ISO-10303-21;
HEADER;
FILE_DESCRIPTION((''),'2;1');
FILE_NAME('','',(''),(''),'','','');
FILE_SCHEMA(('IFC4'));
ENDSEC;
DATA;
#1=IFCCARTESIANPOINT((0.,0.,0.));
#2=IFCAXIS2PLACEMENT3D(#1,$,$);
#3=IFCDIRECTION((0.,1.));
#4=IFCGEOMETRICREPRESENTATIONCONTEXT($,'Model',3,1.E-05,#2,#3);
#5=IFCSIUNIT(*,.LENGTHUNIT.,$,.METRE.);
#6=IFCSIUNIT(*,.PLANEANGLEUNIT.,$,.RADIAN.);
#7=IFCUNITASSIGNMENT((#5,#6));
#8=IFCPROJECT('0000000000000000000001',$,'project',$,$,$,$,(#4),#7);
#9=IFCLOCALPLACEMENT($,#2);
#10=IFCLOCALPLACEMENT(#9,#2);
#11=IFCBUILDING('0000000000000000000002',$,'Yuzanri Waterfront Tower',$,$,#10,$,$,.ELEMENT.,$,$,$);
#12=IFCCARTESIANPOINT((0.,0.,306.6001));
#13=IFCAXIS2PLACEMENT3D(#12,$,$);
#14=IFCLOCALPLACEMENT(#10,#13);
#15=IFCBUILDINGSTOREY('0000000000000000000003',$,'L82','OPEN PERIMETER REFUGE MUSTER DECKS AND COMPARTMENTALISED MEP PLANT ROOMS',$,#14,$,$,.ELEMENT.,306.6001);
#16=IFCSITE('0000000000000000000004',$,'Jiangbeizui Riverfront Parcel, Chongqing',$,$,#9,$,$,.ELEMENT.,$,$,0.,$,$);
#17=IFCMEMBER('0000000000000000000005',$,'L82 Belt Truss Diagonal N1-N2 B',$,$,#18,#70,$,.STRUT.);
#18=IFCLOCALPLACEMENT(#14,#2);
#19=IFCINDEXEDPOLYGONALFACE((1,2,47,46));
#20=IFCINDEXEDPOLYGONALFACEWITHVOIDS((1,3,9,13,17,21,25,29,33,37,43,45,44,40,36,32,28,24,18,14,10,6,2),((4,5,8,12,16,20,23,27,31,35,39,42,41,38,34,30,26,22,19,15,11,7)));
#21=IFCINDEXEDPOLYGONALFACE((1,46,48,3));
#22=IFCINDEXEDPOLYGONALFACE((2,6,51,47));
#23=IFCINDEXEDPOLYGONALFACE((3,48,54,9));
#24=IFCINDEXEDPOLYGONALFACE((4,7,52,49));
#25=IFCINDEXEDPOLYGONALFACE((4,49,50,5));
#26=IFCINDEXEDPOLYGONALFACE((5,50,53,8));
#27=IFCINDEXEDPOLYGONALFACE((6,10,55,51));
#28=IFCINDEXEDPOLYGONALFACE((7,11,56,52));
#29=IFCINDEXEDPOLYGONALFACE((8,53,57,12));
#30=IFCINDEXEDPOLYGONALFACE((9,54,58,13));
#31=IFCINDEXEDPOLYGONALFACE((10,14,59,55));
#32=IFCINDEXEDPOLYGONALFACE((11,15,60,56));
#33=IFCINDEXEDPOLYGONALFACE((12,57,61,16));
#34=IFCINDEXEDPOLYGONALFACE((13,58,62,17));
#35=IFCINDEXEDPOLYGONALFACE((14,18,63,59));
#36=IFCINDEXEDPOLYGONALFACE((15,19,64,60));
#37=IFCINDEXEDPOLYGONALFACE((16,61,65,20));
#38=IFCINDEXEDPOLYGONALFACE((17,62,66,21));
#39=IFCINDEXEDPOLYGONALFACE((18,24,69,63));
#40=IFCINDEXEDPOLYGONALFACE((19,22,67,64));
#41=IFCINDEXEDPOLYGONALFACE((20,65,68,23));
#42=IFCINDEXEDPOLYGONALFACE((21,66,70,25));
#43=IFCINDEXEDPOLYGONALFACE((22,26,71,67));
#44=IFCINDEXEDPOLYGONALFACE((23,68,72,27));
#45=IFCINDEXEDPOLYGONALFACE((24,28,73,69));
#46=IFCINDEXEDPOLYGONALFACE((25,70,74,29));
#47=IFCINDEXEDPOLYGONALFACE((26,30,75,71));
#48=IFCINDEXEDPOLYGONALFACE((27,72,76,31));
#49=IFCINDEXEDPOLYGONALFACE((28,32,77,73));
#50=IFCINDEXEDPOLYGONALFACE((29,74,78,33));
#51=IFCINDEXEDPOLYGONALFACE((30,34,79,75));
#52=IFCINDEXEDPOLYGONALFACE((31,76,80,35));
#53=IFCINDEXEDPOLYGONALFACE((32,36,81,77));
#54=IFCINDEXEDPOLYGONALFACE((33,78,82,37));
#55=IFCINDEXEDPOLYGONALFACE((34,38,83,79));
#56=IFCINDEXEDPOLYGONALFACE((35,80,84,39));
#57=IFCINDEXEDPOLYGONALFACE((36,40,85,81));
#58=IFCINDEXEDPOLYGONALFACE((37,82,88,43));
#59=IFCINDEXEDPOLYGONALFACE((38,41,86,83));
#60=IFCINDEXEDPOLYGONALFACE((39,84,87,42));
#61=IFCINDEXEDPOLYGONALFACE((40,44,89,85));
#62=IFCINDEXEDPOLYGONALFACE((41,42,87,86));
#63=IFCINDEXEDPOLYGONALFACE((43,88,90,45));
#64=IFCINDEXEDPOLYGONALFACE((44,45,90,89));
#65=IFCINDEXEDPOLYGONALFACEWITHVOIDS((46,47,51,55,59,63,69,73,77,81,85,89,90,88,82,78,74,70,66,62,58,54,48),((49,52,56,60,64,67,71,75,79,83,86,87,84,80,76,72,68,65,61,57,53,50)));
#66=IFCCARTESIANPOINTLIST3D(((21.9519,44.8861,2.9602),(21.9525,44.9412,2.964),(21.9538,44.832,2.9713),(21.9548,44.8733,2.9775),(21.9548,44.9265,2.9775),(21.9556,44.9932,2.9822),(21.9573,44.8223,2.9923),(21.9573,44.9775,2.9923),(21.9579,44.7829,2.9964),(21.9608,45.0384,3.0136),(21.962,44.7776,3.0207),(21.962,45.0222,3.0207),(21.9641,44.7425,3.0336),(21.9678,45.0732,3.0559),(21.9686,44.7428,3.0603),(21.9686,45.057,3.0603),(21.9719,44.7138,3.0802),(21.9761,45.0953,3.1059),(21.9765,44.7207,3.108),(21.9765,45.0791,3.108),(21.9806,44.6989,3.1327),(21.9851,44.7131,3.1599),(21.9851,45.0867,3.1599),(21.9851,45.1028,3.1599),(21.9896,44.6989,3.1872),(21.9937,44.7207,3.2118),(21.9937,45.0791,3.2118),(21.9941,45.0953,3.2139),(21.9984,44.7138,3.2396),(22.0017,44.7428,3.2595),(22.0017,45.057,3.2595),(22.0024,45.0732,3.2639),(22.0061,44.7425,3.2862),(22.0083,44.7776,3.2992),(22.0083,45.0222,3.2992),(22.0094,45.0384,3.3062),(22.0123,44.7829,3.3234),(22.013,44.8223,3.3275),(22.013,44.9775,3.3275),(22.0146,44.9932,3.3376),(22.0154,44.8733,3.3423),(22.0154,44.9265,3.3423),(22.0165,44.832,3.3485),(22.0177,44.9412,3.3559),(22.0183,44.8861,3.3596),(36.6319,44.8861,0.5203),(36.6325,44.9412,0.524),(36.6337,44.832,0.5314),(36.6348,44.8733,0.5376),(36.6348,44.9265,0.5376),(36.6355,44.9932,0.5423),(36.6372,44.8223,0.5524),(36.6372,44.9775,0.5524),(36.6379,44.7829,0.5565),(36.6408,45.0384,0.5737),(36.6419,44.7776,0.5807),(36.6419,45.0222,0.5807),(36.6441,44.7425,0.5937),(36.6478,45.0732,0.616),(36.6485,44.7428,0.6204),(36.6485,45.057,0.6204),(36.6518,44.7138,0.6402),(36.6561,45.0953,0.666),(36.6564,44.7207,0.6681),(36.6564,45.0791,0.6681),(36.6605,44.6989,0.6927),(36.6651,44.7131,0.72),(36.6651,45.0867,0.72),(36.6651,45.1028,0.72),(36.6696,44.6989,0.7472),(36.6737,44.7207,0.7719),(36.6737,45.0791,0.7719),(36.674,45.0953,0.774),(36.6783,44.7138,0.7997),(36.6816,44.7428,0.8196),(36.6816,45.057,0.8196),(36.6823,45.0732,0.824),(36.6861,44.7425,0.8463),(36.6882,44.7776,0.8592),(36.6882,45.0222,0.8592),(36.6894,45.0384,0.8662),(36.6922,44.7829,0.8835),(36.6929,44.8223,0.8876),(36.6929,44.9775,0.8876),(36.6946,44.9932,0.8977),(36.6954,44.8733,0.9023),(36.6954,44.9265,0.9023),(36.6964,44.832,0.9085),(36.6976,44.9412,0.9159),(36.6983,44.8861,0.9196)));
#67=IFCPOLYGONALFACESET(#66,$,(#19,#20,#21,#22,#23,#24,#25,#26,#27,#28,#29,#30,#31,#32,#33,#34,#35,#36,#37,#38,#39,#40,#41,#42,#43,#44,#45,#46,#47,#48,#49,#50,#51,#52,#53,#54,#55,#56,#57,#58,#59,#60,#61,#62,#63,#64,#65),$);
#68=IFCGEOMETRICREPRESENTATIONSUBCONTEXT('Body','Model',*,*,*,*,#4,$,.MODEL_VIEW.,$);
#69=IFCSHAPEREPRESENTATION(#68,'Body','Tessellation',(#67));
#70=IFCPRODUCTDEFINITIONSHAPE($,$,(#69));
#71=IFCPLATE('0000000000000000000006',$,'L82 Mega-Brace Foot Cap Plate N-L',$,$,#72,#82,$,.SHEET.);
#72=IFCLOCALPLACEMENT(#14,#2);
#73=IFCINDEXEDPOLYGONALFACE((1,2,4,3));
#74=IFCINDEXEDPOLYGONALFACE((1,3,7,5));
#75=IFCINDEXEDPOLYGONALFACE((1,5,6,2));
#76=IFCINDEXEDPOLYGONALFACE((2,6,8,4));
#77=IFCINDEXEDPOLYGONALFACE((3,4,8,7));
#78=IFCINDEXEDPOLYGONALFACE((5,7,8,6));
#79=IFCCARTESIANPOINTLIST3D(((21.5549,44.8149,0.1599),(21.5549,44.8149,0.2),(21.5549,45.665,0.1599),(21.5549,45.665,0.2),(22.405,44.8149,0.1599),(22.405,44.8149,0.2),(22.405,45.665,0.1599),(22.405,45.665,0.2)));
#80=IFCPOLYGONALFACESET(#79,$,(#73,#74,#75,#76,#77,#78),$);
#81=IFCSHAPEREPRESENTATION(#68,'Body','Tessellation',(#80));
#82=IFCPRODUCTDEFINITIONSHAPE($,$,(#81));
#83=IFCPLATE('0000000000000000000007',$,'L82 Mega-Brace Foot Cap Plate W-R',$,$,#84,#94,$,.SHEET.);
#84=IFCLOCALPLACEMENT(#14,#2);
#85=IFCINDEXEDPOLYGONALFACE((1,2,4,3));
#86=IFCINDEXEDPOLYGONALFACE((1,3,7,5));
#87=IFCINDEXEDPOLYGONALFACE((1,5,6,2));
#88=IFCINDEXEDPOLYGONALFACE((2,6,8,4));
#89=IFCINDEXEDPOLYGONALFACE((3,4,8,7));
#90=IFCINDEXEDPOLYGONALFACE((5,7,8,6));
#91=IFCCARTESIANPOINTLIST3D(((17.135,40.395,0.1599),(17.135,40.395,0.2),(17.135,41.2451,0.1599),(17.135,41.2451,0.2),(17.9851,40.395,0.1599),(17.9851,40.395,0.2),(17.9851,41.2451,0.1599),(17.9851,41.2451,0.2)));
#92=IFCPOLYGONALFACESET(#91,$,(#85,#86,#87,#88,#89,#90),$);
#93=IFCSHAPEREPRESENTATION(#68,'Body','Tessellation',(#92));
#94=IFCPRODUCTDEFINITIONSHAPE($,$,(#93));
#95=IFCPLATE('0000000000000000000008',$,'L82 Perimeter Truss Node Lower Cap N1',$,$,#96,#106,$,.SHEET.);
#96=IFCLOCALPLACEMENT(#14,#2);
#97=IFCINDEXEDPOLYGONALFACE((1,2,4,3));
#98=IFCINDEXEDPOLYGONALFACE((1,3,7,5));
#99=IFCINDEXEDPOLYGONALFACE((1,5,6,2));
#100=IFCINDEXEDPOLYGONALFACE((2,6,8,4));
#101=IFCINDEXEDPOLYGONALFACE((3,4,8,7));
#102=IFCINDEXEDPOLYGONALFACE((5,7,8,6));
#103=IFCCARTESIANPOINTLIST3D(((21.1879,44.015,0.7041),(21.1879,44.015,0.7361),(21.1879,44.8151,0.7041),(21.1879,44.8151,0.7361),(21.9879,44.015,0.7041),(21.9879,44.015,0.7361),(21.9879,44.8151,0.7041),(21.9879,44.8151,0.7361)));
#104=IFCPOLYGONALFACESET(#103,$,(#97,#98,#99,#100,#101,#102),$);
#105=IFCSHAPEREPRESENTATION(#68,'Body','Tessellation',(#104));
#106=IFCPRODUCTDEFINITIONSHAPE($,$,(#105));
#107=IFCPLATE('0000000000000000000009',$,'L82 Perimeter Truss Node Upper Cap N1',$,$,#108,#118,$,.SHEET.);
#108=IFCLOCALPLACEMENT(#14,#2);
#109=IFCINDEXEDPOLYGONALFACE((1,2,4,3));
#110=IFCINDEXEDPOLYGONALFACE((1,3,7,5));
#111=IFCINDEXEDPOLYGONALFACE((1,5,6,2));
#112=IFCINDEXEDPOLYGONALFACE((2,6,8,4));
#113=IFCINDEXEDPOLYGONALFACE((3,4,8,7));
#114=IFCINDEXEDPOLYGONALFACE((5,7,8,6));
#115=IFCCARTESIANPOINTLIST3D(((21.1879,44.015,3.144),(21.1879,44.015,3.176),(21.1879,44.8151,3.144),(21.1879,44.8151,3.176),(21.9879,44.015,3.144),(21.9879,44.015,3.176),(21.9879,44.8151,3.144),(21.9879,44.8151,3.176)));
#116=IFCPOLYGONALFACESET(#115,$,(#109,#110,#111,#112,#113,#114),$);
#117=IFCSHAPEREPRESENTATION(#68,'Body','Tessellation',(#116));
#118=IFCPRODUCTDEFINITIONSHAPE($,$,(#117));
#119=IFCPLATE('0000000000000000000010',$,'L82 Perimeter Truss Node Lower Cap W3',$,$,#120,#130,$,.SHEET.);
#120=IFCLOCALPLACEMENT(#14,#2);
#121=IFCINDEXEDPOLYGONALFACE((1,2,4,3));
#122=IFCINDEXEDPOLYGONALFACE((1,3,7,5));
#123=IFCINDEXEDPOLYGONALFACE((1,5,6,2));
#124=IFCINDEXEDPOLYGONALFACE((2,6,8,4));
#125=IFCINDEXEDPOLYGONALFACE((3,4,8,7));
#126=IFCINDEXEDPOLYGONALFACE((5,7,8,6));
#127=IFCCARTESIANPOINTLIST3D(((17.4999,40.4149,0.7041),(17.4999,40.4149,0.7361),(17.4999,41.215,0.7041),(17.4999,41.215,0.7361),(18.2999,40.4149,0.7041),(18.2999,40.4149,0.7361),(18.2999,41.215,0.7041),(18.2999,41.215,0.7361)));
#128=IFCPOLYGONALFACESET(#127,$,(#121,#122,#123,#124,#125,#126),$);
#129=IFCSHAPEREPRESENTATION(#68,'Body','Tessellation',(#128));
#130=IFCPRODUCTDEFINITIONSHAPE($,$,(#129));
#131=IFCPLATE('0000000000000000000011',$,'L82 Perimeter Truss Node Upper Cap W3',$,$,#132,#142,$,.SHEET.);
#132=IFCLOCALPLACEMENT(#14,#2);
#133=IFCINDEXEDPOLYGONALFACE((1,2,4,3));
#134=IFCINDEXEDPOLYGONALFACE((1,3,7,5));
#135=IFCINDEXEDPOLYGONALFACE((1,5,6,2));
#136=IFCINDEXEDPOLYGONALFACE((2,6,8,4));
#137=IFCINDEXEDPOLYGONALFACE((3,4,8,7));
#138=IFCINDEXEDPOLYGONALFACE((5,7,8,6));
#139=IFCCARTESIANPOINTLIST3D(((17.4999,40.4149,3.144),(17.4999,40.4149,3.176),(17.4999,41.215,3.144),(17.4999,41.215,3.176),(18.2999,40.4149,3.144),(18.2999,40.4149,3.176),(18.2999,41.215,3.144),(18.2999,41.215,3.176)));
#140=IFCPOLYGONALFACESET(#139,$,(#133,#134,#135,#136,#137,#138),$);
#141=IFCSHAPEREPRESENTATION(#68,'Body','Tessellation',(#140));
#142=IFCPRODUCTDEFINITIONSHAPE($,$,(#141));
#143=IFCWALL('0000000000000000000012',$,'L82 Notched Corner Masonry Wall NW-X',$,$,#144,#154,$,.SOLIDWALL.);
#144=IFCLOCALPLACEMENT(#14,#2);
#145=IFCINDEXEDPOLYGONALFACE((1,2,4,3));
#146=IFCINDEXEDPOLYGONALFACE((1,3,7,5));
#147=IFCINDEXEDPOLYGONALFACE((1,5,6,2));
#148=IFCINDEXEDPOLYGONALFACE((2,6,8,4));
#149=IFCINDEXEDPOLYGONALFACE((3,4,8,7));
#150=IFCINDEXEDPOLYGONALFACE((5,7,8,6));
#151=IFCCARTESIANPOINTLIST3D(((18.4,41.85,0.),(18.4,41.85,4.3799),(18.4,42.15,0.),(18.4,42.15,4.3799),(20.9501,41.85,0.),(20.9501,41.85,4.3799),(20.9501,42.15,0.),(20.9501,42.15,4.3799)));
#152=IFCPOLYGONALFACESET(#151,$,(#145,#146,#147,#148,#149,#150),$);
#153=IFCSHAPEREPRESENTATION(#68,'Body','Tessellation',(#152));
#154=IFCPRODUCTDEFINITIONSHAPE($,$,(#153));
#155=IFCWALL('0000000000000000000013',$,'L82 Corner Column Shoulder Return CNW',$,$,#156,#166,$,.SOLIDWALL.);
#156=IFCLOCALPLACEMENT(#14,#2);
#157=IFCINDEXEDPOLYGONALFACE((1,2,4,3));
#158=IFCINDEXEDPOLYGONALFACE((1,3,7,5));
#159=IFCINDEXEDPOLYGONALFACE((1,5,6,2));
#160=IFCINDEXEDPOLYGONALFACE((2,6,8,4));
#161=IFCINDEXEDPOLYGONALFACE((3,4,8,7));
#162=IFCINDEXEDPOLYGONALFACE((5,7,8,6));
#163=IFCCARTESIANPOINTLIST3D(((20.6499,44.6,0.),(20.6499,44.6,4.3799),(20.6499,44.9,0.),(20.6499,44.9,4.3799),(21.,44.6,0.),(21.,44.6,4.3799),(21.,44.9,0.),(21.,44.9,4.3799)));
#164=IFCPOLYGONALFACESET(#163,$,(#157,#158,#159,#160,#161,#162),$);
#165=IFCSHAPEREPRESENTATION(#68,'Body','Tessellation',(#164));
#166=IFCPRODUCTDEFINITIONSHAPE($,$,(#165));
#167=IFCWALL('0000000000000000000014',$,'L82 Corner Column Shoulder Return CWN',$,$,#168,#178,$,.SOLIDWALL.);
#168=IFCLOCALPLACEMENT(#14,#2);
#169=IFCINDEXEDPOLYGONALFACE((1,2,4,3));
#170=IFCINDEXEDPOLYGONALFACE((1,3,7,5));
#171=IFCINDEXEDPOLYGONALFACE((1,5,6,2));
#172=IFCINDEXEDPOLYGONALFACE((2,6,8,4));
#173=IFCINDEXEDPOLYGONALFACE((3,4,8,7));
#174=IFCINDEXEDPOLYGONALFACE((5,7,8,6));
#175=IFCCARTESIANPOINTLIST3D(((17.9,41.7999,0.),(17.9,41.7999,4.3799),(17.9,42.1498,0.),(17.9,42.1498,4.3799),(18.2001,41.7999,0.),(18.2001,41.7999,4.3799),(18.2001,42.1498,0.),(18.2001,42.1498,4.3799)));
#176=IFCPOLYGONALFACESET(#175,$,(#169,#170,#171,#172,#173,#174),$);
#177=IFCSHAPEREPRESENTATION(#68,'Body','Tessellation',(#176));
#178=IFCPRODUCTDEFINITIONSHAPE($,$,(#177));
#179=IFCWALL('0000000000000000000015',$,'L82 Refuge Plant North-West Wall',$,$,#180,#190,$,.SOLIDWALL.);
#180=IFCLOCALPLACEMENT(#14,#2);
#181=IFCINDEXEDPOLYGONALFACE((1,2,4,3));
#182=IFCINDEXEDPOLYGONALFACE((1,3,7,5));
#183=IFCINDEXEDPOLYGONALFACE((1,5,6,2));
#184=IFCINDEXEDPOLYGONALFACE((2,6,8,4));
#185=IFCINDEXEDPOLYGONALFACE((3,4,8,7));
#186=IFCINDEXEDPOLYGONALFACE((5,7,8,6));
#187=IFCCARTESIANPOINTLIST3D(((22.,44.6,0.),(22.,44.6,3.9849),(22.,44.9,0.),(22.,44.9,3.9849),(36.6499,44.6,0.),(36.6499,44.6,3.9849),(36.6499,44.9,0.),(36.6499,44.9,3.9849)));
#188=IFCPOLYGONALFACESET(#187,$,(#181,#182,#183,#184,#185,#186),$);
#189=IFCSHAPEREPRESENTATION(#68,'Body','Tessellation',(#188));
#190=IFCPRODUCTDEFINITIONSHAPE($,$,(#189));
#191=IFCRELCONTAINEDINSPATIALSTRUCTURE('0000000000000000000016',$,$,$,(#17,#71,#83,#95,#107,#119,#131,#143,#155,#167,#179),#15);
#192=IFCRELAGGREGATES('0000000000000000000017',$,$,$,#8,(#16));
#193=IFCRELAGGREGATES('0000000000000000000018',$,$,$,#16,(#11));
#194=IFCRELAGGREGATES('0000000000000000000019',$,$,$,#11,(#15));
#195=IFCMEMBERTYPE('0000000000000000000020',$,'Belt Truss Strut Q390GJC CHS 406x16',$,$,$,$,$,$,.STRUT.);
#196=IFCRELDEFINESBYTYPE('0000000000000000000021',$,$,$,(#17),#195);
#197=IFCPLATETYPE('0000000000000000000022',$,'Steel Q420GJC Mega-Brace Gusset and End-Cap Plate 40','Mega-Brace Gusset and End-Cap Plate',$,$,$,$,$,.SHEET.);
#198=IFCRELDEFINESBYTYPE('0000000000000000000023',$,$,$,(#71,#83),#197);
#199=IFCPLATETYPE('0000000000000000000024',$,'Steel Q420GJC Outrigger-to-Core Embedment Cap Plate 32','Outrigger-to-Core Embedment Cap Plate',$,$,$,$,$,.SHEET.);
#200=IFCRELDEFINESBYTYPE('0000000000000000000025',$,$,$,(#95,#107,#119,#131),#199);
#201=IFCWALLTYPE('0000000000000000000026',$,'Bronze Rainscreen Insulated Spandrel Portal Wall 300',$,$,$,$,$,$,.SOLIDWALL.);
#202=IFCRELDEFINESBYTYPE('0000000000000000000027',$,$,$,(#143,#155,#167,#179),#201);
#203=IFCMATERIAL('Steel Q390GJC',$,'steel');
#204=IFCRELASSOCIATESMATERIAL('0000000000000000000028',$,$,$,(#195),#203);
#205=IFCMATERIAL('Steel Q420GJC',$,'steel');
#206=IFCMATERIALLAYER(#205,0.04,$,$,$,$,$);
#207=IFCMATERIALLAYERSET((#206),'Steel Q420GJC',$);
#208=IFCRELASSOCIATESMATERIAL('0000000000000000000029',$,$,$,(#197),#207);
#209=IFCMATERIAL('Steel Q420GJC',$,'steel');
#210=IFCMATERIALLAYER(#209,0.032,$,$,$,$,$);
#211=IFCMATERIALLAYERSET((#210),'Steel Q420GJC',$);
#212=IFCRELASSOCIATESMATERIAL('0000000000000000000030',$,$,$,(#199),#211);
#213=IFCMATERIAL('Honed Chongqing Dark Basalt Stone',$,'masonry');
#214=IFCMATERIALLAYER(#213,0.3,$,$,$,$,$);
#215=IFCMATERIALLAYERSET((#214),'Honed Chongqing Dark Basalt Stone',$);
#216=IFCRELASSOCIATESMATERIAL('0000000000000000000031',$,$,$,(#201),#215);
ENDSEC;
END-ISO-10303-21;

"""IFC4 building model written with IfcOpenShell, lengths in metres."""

from ifc_helpers import new_model, si_unit, direction, frame, frame_2d, origin, origin_2d, place, context, subcontext, project, spatial, rectangle, hollow_circle, extrude, source, transform, mapped, material, layer, layer_set, material_profile, profile_set, type_object, element, save


model = new_model("IFC4")

# Units and contexts
model_context = context("Model", 3, precision=1e-05, world=origin(), true_north=direction((0.0, 1.0)))
body_context = subcontext(model_context, "Body", "Model", "MODEL_VIEW")
ifc_project = project(units=[si_unit("LENGTHUNIT", "METRE"), si_unit("PLANEANGLEUNIT", "RADIAN")], contexts=[model_context])

# Site, building, storey
site_placement = place(None, origin())
site = spatial("IfcSite", under=ifc_project, at=site_placement, Name="Jiangbeizui Riverfront Parcel, Chongqing", CompositionType="ELEMENT", RefElevation=0.0)
building_placement = place(site_placement, origin())
building = spatial("IfcBuilding", under=site, at=building_placement, Name="Yuzanri Waterfront Tower", CompositionType="ELEMENT")
storey_placement = place(building_placement, frame((0.0, 0.0, 306.6001)))
storey = spatial("IfcBuildingStorey", under=building, at=storey_placement, Name="L82", Description="OPEN PERIMETER REFUGE MUSTER DECKS AND COMPARTMENTALISED MEP PLANT ROOMS", CompositionType="ELEMENT", Elevation=306.6001)

# Member
ifc_material_1 = material(Name="Steel Q390GJC", Category="steel")
ifc_material_profile_1 = material_profile(ifc_material_1, hollow_circle(Radius=0.2029, WallThickness=0.0161, at=origin_2d()), Name="CHS 406x16")
ifc_profile_set_1 = profile_set([ifc_material_profile_1], Name="Steel Q390GJC")
member_type_1 = type_object("IfcMemberType", Name="Belt Truss Strut Q390GJC CHS 406x16", PredefinedType="STRUT", material=ifc_profile_set_1)
shared_shape_1 = source(origin(), body_context, "Body", "SweptSolid", [
    extrude(hollow_circle(Radius=0.2029, WallThickness=0.0161, at=origin_2d()), origin(), (0.0, 0.0, 1.0), 14.8813),
])
for number, where, z_axis, x_axis, name in (
    (1, (21.9851, 44.8999, 3.1599), (0.986467, 0.0, -0.16396), (0.0, 1.0, 0.0), "L82 Belt Truss Diagonal N1-N2 B"),
):
    element("IfcMember", number, at=place(storey_placement, frame(where, z_axis=z_axis, x_axis=x_axis)), inside=storey, type_object=member_type_1, Name=name, PredefinedType="STRUT", context=body_context, shape_type="MappedRepresentation", body=[
        mapped(shared_shape_1, transform((0.0, 0.0, 0.0), scale=1.0)),
    ])

# Plates
ifc_material_2 = material(Name="Steel Q420GJC", Category="steel")
ifc_layer_1 = layer(ifc_material_2, 0.04)
ifc_layer_set_1 = layer_set([ifc_layer_1], Name="Steel Q420GJC")
plate_type_1 = type_object("IfcPlateType", Name="Steel Q420GJC Mega-Brace Gusset and End-Cap Plate 40", Description="Mega-Brace Gusset and End-Cap Plate", PredefinedType="SHEET", material=ifc_layer_set_1)
shared_shape_2 = source(origin(), body_context, "Body", "SweptSolid", [
    extrude(rectangle(XDim=0.8501, YDim=0.8501, at=origin_2d()), origin(), (0.0, 0.0, 1.0), 0.04),
])
for number, where, z_axis, x_axis, name in (
    (2, (21.98, 45.24, 0.1599), (0.0, 0.0, 1.0), (1.0, 0.0, 0.0), "L82 Mega-Brace Foot Cap Plate N-L"),
    (3, (17.5601, 40.8201, 0.1599), (0.0, 0.0, 1.0), (1.0, 0.0, 0.0), "L82 Mega-Brace Foot Cap Plate W-R"),
):
    element("IfcPlate", number, at=place(storey_placement, frame(where, z_axis=z_axis, x_axis=x_axis)), inside=storey, type_object=plate_type_1, Name=name, PredefinedType="SHEET", context=body_context, shape_type="MappedRepresentation", body=[
        mapped(shared_shape_2, transform((0.0, 0.0, 0.0), scale=1.0)),
    ])
ifc_material_3 = material(Name="Steel Q420GJC", Category="steel")
ifc_layer_2 = layer(ifc_material_3, 0.032)
ifc_layer_set_2 = layer_set([ifc_layer_2], Name="Steel Q420GJC")
plate_type_2 = type_object("IfcPlateType", Name="Steel Q420GJC Outrigger-to-Core Embedment Cap Plate 32", Description="Outrigger-to-Core Embedment Cap Plate", PredefinedType="SHEET", material=ifc_layer_set_2)
shared_shape_3 = source(origin(), body_context, "Body", "SweptSolid", [
    extrude(rectangle(XDim=0.8, YDim=0.8, at=origin_2d()), origin(), (0.0, 0.0, 1.0), 0.032),
])
for number, where, z_axis, x_axis, name in (
    (4, (21.5879, 44.415, 0.7041), (0.0, 0.0, 1.0), (1.0, 0.0, 0.0), "L82 Perimeter Truss Node Lower Cap N1"),
    (5, (21.5879, 44.415, 3.144), (0.0, 0.0, 1.0), (1.0, 0.0, 0.0), "L82 Perimeter Truss Node Upper Cap N1"),
    (6, (17.8999, 40.8149, 0.7041), (0.0, 0.0, 1.0), (1.0, 0.0, 0.0), "L82 Perimeter Truss Node Lower Cap W3"),
    (7, (17.8999, 40.8149, 3.144), (0.0, 0.0, 1.0), (1.0, 0.0, 0.0), "L82 Perimeter Truss Node Upper Cap W3"),
):
    element("IfcPlate", number, at=place(storey_placement, frame(where, z_axis=z_axis, x_axis=x_axis)), inside=storey, type_object=plate_type_2, Name=name, PredefinedType="SHEET", context=body_context, shape_type="MappedRepresentation", body=[
        mapped(shared_shape_3, transform((0.0, 0.0, 0.0), scale=1.0)),
    ])

# Walls
ifc_material_4 = material(Name="Honed Chongqing Dark Basalt Stone", Category="masonry")
ifc_layer_3 = layer(ifc_material_4, 0.3)
ifc_layer_set_3 = layer_set([ifc_layer_3], Name="Honed Chongqing Dark Basalt Stone")
wall_type = type_object("IfcWallType", Name="Bronze Rainscreen Insulated Spandrel Portal Wall 300", PredefinedType="SOLIDWALL", material=ifc_layer_set_3)
shared_shape_4 = source(origin(), body_context, "Body", "SweptSolid", [
    extrude(rectangle(XDim=2.55, YDim=0.3, at=frame_2d((1.2749, 0.0))), origin(), (0.0, 0.0, 1.0), 4.3799),
])
wall_1_placement = place(storey_placement, frame((20.95, 42.0, 0.0), z_axis=(0.0, 0.0, 1.0), x_axis=(-1.0, 0.0, 0.0)))
element("IfcWall", 8, at=wall_1_placement, inside=storey, type_object=wall_type, Name="L82 Notched Corner Masonry Wall NW-X", PredefinedType="SOLIDWALL", context=body_context, shape_type="MappedRepresentation", body=[
    mapped(shared_shape_4, transform((0.0, 0.0, 0.0), scale=1.0)),
])
shared_shape_5 = source(origin(), body_context, "Body", "SweptSolid", [
    extrude(rectangle(XDim=0.3501, YDim=0.3, at=frame_2d((0.175, 0.0))), origin(), (0.0, 0.0, 1.0), 4.3799),
])
wall_2_placement = place(storey_placement, frame((20.6499, 44.75, 0.0), z_axis=(0.0, 0.0, 1.0), x_axis=(1.0, 0.0, 0.0)))
element("IfcWall", 9, at=wall_2_placement, inside=storey, type_object=wall_type, Name="L82 Corner Column Shoulder Return CNW", PredefinedType="SOLIDWALL", context=body_context, shape_type="MappedRepresentation", body=[
    mapped(shared_shape_5, transform((0.0, 0.0, 0.0), scale=1.0)),
])
shared_shape_6 = source(origin(), body_context, "Body", "SweptSolid", [
    extrude(rectangle(XDim=0.3499, YDim=0.3, at=frame_2d((0.1748, 0.0))), origin(), (0.0, 0.0, 1.0), 4.3799),
])
wall_3_placement = place(storey_placement, frame((18.05, 41.8, 0.0), z_axis=(0.0, 0.0, 1.0), x_axis=(0.0, 1.0, 0.0)))
element("IfcWall", 10, at=wall_3_placement, inside=storey, type_object=wall_type, Name="L82 Corner Column Shoulder Return CWN", PredefinedType="SOLIDWALL", context=body_context, shape_type="MappedRepresentation", body=[
    mapped(shared_shape_6, transform((0.0, 0.0, 0.0), scale=1.0)),
])
shared_shape_7 = source(origin(), body_context, "Body", "SweptSolid", [
    extrude(rectangle(XDim=14.6499, YDim=0.3, at=frame_2d((7.325, 0.0))), origin(), (0.0, 0.0, 1.0), 3.9849),
])
wall_4_placement = place(storey_placement, frame((22.0, 44.75, 0.0), z_axis=(0.0, 0.0, 1.0), x_axis=(1.0, 0.0, 0.0)))
element("IfcWall", 11, at=wall_4_placement, inside=storey, type_object=wall_type, Name="L82 Refuge Plant North-West Wall", PredefinedType="SOLIDWALL", context=body_context, shape_type="MappedRepresentation", body=[
    mapped(shared_shape_7, transform((0.0, 0.0, 0.0), scale=1.0)),
])

save(model, "model.ifc")
